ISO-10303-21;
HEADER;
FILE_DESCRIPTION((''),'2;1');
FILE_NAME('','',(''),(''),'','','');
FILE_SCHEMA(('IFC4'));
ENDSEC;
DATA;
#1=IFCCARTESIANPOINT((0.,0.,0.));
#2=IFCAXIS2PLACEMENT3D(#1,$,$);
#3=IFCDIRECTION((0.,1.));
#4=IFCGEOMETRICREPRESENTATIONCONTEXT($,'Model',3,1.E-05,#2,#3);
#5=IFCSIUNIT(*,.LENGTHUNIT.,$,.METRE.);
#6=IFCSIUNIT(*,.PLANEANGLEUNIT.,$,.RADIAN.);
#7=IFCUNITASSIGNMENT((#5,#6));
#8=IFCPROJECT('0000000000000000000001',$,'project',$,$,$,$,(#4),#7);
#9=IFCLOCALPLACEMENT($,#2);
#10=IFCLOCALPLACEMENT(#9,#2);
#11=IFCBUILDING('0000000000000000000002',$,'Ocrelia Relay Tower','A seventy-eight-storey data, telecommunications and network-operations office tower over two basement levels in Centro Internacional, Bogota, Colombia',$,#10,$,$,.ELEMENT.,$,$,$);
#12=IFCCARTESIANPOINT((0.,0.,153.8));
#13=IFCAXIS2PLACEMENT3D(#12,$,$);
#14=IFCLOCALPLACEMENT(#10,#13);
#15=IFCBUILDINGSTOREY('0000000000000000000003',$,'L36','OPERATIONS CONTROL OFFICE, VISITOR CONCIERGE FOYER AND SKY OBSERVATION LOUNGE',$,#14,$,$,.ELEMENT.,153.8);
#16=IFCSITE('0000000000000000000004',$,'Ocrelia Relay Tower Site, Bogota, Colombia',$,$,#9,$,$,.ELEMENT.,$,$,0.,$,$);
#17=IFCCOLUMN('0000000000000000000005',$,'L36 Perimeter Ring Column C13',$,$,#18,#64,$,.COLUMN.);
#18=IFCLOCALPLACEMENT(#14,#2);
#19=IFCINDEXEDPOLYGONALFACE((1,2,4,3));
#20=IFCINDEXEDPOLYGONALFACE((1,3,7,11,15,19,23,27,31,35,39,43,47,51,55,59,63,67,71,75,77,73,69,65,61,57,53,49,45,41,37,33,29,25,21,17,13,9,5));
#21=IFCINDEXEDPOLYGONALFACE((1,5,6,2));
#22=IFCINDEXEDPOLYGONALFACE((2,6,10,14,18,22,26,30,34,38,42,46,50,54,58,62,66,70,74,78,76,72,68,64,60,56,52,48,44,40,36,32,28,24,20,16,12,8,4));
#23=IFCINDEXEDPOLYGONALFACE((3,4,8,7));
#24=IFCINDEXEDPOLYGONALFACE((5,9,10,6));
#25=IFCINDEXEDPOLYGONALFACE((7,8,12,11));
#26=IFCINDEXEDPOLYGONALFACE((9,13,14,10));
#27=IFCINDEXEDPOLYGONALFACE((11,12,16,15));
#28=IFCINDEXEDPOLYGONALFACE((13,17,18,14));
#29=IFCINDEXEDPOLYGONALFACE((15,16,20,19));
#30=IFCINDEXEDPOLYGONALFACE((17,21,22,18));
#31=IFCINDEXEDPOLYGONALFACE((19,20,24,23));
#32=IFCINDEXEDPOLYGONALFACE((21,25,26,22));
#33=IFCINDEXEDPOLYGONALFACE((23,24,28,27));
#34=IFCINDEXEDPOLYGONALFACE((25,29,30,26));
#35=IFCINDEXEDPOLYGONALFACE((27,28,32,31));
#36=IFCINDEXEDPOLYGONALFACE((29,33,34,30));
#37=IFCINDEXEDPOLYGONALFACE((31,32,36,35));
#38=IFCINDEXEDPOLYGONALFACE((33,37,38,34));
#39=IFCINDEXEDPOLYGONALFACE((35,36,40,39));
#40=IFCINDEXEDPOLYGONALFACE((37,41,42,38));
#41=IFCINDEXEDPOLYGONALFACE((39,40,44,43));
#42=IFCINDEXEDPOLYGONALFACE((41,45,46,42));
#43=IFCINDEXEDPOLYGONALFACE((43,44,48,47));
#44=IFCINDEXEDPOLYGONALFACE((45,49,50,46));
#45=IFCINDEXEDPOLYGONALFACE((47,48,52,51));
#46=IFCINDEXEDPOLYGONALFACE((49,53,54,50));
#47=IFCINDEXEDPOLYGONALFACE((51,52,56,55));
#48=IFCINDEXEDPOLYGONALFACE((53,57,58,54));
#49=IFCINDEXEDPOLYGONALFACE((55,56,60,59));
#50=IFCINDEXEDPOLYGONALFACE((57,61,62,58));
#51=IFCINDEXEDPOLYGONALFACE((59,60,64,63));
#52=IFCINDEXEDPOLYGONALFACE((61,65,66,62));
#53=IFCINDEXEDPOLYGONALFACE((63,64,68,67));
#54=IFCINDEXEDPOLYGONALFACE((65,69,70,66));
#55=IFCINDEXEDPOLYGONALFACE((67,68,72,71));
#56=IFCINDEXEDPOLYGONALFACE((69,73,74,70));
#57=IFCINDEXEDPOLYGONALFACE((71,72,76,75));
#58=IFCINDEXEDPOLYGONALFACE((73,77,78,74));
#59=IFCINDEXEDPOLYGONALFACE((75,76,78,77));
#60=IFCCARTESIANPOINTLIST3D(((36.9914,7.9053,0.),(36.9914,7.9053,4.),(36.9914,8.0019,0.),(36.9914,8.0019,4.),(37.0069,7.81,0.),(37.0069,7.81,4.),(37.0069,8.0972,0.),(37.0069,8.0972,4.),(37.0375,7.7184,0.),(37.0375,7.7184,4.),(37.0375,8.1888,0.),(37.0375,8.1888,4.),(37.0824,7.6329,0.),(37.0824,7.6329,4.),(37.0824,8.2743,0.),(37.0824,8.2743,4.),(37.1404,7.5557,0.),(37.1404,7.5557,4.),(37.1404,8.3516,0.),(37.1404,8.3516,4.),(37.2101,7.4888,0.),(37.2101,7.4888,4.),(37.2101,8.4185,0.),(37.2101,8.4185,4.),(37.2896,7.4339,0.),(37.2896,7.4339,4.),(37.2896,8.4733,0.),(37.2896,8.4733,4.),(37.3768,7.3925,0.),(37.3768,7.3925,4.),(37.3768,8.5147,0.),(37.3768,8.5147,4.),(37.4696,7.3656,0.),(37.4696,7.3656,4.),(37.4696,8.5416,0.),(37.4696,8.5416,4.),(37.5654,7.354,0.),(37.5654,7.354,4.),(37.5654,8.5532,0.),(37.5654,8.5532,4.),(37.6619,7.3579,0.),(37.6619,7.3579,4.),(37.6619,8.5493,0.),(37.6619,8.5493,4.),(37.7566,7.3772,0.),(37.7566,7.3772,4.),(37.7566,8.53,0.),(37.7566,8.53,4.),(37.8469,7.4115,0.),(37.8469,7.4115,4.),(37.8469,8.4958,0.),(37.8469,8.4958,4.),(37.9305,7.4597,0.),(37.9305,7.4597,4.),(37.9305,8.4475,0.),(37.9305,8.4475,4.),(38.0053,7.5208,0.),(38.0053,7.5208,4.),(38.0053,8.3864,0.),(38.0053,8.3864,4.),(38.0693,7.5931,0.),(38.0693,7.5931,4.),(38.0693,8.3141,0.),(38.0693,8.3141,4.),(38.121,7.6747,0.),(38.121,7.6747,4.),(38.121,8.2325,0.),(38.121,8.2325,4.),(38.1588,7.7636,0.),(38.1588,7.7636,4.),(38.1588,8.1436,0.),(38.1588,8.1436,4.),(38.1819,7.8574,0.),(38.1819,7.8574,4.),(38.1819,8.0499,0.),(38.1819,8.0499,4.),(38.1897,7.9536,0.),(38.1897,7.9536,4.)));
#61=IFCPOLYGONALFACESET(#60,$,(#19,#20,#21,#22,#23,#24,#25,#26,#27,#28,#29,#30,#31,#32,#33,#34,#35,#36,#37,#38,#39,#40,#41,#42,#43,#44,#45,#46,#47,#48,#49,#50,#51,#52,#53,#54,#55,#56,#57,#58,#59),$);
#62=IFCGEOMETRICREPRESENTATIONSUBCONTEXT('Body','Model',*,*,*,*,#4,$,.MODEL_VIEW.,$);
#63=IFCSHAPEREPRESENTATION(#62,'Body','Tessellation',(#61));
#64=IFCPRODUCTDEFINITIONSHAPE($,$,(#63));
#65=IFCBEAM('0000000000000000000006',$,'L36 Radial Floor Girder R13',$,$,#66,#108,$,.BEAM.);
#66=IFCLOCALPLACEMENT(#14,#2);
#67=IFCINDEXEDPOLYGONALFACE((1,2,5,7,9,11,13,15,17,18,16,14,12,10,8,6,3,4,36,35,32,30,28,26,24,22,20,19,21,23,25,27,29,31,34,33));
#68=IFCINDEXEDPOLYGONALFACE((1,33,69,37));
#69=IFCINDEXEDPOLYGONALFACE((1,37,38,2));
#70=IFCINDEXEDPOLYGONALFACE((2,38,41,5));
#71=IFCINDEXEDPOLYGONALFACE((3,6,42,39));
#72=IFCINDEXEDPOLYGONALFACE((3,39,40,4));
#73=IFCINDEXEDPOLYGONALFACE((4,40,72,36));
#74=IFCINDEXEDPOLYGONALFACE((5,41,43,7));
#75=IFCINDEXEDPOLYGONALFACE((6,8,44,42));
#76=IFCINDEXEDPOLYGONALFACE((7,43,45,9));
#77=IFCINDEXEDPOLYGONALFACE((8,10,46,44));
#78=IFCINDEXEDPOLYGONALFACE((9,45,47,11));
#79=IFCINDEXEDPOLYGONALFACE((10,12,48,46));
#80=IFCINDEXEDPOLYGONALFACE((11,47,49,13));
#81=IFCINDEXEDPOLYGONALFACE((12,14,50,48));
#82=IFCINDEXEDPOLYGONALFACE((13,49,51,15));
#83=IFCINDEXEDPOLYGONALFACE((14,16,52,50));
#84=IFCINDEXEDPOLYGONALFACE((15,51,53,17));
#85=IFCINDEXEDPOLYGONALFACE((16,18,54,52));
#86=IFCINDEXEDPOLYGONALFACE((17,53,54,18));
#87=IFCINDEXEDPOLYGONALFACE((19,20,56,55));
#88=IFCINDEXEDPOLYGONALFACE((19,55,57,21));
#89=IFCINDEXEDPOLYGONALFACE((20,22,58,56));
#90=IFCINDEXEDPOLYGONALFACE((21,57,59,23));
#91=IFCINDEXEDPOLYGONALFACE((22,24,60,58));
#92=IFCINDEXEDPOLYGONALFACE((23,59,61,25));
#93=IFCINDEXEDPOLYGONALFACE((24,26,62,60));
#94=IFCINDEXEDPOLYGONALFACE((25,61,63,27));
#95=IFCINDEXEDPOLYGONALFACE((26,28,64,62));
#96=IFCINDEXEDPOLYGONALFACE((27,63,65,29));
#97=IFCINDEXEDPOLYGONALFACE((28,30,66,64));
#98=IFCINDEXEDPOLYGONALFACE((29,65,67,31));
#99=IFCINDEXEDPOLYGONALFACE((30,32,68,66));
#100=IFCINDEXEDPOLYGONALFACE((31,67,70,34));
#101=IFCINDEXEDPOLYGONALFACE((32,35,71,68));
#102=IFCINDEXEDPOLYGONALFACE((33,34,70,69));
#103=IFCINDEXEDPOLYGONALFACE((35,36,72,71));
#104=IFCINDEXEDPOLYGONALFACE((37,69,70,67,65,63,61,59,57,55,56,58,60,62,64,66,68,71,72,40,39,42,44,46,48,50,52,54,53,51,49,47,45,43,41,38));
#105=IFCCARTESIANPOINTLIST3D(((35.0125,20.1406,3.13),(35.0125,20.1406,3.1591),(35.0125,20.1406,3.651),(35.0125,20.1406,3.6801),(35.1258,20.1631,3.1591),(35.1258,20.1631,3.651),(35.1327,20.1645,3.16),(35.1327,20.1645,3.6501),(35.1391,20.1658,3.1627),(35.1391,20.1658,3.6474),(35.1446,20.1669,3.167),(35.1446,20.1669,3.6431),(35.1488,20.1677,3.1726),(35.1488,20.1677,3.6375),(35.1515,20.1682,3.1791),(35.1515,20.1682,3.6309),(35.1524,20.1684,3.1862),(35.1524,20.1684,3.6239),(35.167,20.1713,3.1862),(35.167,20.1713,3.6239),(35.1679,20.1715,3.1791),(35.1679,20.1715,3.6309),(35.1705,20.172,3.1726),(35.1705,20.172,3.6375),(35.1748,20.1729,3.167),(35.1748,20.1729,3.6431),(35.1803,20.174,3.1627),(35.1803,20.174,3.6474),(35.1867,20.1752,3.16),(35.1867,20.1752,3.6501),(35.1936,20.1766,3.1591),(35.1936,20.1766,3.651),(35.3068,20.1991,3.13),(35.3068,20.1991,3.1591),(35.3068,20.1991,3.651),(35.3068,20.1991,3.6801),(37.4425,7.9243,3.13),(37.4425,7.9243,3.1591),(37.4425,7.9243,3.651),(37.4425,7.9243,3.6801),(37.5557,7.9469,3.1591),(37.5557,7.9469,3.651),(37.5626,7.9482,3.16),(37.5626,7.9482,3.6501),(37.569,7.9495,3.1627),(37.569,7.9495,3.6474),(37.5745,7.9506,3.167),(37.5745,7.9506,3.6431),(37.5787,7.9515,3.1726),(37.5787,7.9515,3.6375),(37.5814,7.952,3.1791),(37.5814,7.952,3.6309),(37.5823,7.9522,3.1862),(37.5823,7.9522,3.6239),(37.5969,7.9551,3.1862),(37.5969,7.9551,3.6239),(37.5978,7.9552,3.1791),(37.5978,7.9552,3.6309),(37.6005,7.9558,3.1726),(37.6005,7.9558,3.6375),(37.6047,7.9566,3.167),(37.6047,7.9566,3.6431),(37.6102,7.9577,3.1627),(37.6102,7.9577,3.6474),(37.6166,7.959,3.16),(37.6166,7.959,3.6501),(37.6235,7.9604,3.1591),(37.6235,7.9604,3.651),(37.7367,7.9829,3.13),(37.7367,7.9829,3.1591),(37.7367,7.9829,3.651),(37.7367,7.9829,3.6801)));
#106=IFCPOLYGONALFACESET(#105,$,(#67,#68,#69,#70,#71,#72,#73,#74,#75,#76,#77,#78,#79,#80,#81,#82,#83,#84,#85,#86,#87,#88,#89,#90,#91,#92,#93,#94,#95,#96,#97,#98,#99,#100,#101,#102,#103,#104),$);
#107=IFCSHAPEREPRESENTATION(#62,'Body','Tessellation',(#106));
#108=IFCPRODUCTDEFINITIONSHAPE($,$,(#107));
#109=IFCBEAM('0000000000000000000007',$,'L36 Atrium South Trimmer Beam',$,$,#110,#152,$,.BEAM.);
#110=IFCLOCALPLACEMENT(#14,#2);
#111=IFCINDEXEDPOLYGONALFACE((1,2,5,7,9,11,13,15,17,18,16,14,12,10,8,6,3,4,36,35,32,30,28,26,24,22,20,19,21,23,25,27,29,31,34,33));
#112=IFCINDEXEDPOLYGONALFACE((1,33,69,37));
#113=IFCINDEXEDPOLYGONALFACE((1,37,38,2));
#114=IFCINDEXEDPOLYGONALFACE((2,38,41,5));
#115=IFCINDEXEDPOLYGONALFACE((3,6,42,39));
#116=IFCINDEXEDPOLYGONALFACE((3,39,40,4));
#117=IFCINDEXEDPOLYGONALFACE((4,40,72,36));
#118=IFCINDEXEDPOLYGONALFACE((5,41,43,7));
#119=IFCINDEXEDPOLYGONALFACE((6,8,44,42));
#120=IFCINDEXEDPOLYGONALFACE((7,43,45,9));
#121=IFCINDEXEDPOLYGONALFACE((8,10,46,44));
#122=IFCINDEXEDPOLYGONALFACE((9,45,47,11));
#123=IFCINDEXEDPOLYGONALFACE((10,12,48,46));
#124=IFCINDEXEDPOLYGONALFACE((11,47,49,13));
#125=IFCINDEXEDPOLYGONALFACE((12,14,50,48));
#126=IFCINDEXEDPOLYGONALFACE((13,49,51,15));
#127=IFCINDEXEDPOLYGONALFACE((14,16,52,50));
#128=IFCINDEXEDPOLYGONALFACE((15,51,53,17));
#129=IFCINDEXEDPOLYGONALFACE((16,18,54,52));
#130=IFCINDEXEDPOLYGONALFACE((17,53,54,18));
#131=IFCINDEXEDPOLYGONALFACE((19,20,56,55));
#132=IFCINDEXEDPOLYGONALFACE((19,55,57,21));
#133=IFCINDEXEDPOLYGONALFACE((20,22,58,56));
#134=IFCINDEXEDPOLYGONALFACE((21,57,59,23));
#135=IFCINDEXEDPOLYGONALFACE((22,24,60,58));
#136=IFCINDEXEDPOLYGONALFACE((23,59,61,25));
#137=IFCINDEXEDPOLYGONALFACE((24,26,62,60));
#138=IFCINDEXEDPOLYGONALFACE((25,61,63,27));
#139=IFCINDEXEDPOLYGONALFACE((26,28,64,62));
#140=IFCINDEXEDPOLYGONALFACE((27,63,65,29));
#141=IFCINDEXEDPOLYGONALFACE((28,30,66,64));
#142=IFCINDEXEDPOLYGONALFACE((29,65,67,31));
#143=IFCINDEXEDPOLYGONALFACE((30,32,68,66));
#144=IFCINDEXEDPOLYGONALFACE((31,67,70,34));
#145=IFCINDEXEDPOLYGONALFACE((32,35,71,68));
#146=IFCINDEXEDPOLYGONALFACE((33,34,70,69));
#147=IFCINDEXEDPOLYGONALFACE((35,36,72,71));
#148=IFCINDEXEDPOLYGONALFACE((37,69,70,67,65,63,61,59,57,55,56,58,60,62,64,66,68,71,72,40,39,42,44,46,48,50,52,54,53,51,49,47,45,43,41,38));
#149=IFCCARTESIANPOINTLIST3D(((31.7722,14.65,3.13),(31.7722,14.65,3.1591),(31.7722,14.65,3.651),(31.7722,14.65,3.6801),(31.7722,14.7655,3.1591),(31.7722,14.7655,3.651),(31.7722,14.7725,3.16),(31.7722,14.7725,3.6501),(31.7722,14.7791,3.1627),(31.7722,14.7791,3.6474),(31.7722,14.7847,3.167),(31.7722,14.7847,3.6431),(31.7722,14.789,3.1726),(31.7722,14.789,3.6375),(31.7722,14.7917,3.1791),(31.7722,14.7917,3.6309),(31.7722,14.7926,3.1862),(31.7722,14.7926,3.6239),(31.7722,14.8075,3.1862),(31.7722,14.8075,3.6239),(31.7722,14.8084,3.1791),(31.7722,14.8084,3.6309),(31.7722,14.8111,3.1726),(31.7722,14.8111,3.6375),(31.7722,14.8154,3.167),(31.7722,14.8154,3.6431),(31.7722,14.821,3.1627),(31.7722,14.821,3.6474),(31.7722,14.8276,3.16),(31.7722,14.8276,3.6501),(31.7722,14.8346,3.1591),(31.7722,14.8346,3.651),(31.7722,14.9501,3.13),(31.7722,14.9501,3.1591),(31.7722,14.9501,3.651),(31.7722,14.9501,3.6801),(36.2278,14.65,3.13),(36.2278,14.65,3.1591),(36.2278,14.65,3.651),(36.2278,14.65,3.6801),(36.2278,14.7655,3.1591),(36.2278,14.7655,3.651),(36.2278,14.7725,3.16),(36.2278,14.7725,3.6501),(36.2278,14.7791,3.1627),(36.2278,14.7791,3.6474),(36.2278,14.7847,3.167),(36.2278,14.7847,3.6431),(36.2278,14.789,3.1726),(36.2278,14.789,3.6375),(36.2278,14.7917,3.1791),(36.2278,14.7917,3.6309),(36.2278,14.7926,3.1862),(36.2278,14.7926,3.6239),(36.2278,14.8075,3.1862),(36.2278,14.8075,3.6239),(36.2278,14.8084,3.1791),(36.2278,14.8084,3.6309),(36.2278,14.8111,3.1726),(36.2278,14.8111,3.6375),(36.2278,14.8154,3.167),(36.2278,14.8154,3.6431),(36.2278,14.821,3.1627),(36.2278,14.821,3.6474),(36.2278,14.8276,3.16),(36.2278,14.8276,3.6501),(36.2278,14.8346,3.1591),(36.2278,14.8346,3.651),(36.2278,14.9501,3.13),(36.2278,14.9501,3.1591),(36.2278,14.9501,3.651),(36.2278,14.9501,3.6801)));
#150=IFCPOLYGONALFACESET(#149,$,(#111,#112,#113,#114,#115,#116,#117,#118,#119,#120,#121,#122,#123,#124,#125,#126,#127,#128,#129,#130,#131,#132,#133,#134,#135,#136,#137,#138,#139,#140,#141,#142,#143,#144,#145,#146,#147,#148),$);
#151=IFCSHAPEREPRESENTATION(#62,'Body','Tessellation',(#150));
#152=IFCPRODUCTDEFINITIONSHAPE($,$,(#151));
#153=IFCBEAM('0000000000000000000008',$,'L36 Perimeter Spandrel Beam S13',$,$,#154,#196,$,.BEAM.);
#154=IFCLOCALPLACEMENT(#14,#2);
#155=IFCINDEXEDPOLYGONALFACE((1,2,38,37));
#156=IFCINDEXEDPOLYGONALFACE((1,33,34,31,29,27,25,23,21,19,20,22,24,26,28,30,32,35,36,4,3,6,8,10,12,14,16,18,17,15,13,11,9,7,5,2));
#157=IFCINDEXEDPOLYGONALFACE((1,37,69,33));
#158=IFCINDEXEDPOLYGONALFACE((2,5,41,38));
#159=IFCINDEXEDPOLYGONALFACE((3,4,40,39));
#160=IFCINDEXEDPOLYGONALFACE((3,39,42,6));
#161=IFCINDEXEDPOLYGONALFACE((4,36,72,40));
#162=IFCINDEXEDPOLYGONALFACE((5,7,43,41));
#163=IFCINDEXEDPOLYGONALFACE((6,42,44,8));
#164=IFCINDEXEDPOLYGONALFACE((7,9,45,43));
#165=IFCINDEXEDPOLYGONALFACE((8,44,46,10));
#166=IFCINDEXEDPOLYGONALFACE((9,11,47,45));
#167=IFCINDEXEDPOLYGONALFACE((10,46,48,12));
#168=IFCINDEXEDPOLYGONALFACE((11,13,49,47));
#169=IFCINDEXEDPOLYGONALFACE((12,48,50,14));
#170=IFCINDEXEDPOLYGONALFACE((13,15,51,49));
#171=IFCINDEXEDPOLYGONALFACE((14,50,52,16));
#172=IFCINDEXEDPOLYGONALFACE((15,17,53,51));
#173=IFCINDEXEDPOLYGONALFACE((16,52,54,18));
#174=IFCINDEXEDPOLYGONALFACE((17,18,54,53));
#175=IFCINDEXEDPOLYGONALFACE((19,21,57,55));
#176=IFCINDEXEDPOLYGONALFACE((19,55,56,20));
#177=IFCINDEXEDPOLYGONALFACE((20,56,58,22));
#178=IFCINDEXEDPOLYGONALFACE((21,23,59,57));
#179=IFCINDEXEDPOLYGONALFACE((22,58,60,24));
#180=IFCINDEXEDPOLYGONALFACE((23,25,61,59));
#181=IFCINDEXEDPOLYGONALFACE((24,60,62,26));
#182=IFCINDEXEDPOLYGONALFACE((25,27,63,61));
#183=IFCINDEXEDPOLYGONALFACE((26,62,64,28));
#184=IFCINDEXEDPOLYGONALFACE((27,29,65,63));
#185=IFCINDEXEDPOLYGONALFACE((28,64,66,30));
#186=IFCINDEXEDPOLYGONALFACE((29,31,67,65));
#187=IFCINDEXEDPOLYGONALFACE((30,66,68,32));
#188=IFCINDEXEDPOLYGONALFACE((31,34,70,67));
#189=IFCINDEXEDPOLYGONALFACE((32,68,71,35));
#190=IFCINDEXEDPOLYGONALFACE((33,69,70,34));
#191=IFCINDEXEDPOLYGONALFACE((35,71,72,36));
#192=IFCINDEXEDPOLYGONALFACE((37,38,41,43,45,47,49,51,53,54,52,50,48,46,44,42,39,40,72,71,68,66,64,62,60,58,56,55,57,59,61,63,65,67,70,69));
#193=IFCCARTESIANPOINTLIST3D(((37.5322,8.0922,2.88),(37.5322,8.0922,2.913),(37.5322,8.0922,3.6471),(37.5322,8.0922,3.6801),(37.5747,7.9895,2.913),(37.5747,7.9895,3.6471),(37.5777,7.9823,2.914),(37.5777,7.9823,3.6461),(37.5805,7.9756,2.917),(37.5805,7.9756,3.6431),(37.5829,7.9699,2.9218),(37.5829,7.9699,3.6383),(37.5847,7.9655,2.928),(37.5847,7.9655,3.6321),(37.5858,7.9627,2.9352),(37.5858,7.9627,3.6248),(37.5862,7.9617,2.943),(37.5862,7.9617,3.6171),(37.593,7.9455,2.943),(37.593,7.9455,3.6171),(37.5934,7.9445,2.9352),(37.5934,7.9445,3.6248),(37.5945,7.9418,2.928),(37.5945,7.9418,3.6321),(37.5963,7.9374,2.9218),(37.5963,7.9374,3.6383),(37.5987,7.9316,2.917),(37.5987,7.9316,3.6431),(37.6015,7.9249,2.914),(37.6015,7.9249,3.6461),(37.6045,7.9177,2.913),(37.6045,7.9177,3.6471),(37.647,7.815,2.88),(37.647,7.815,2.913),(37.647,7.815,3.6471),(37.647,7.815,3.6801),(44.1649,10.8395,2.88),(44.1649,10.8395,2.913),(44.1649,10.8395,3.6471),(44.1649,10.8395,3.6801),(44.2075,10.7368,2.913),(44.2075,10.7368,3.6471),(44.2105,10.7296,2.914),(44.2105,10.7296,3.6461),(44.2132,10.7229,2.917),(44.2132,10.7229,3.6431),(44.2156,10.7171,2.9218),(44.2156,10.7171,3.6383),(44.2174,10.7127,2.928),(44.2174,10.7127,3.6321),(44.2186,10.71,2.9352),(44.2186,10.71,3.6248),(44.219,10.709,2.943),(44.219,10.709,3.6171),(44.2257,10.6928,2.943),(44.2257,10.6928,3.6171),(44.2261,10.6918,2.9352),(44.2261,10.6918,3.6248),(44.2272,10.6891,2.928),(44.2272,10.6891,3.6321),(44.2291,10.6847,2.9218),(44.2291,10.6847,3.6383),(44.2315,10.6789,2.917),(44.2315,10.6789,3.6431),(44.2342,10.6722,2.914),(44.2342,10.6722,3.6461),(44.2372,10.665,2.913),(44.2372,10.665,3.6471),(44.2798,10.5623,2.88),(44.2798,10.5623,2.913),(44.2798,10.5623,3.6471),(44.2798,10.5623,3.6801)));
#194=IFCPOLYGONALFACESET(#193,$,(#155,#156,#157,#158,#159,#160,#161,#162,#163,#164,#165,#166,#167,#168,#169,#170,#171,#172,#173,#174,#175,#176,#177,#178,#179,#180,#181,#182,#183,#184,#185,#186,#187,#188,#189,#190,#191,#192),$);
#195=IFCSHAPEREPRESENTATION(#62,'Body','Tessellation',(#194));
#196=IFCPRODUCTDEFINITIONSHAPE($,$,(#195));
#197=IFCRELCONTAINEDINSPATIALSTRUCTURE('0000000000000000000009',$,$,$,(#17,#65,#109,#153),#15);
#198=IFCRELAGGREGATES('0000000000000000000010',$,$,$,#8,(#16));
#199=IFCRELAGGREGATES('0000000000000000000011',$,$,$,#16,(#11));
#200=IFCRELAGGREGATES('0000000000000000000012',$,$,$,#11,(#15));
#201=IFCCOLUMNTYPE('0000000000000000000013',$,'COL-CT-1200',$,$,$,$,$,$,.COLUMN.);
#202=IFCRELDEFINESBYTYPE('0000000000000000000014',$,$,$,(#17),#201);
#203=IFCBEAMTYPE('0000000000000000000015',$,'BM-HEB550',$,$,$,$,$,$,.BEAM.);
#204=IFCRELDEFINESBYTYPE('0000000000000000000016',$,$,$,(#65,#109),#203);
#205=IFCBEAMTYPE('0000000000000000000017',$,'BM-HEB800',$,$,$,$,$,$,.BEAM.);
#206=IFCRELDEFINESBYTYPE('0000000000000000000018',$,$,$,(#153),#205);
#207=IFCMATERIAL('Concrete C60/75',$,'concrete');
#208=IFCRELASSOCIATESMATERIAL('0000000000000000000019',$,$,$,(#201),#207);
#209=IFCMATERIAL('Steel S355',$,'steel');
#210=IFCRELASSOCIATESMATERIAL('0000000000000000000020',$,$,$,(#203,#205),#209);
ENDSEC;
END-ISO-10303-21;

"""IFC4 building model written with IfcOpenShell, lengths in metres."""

from ifc_helpers import new_model, si_unit, direction, frame, origin, origin_2d, place, context, subcontext, project, spatial, circle, i_section, extrude, material, material_profile, profile_set, type_object, element, save


model = new_model("IFC4")

# Units and contexts
model_context = context("Model", 3, precision=1e-05, world=origin(), true_north=direction((0.0, 1.0)))
body_context = subcontext(model_context, "Body", "Model", "MODEL_VIEW")
ifc_project = project(units=[si_unit("LENGTHUNIT", "METRE"), si_unit("PLANEANGLEUNIT", "RADIAN")], contexts=[model_context])

# Site, building, storey
site_placement = place(None, origin())
site = spatial("IfcSite", under=ifc_project, at=site_placement, Name="Ocrelia Relay Tower Site, Bogota, Colombia", CompositionType="ELEMENT", RefElevation=0.0)
building_placement = place(site_placement, origin())
building = spatial("IfcBuilding", under=site, at=building_placement, Name="Ocrelia Relay Tower", Description="A seventy-eight-storey data, telecommunications and network-operations office tower over two basement levels in Centro Internacional, Bogota, Colombia", CompositionType="ELEMENT")
storey_placement = place(building_placement, frame((0.0, 0.0, 153.8)))
storey = spatial("IfcBuildingStorey", under=building, at=storey_placement, Name="L36", Description="OPERATIONS CONTROL OFFICE, VISITOR CONCIERGE FOYER AND SKY OBSERVATION LOUNGE", CompositionType="ELEMENT", Elevation=153.8)

# Column
ifc_material_1 = material(Name="Concrete C60/75", Category="concrete")
ifc_material_profile_1 = material_profile(ifc_material_1, circle(Radius=0.6001, at=origin_2d()), Name="RC-CIR-1200")
ifc_profile_set_1 = profile_set([ifc_material_profile_1], Name="Concrete C60/75")
column_type = type_object("IfcColumnType", Name="COL-CT-1200", PredefinedType="COLUMN", material=ifc_profile_set_1)
column_placement = place(storey_placement, frame((37.5896, 7.9536, 0.0), z_axis=(0.0, 0.0, 1.0), x_axis=(1.0, 0.0, 0.0)))
element("IfcColumn", 1, at=column_placement, inside=storey, type_object=column_type, Name="L36 Perimeter Ring Column C13", PredefinedType="COLUMN", context=body_context, shape_type="SweptSolid", body=[
    extrude(circle(Radius=0.6001, at=origin_2d()), origin(), (0.0, 0.0, 1.0), 4.0),
])

# Beams
ifc_material_2 = material(Name="Steel S355", Category="steel")
ifc_material_profile_2 = material_profile(ifc_material_2, i_section(OverallWidth=0.3, OverallDepth=0.55, WebThickness=0.0149, FlangeThickness=0.0291, FilletRadius=0.0271, at=origin_2d()), Name="HEB 550")
ifc_profile_set_2 = profile_set([ifc_material_profile_2], Name="Steel S355")
beam_type_1 = type_object("IfcBeamType", Name="BM-HEB550", PredefinedType="BEAM", material=ifc_profile_set_2)
beam_1_placement = place(storey_placement, frame((37.5896, 7.9536, 3.405), z_axis=(-0.195087, 0.980786, 0.0), x_axis=(-0.980786, -0.195087, 0.0)))
element("IfcBeam", 2, at=beam_1_placement, inside=storey, type_object=beam_type_1, Name="L36 Radial Floor Girder R13", PredefinedType="BEAM", context=body_context, shape_type="SweptSolid", body=[
    extrude(i_section(OverallWidth=0.3, OverallDepth=0.55, WebThickness=0.0149, FlangeThickness=0.0291, FilletRadius=0.0271, at=origin_2d()), origin(), (0.0, 0.0, 1.0), 12.4556),
])
beam_2_placement = place(storey_placement, frame((31.7722, 14.8, 3.405), z_axis=(1.0, 0.0, 0.0), x_axis=(0.0, 1.0, 0.0)))
element("IfcBeam", 3, at=beam_2_placement, inside=storey, type_object=beam_type_1, Name="L36 Atrium South Trimmer Beam", PredefinedType="BEAM", context=body_context, shape_type="SweptSolid", body=[
    extrude(i_section(OverallWidth=0.3, OverallDepth=0.55, WebThickness=0.0149, FlangeThickness=0.0291, FilletRadius=0.0271, at=origin_2d()), origin(), (0.0, 0.0, 1.0), 4.4556),
])
ifc_material_profile_3 = material_profile(ifc_material_2, i_section(OverallWidth=0.3, OverallDepth=0.8, WebThickness=0.0176, FlangeThickness=0.033, FilletRadius=0.03, at=origin_2d()), Name="HEB 800")
ifc_profile_set_3 = profile_set([ifc_material_profile_3], Name="Steel S355")
beam_type_2 = type_object("IfcBeamType", Name="BM-HEB800", PredefinedType="BEAM", material=ifc_profile_set_3)
beam_3_placement = place(storey_placement, frame((37.5896, 7.9536, 3.28), z_axis=(0.923884, 0.382673, 0.0), x_axis=(-0.382673, 0.923884, 0.0)))
element("IfcBeam", 4, at=beam_3_placement, inside=storey, type_object=beam_type_2, Name="L36 Perimeter Spandrel Beam S13", PredefinedType="BEAM", context=body_context, shape_type="SweptSolid", body=[
    extrude(i_section(OverallWidth=0.3, OverallDepth=0.8, WebThickness=0.0176, FlangeThickness=0.033, FilletRadius=0.03, at=origin_2d()), origin(), (0.0, 0.0, 1.0), 7.1792),
])

save(model, "model.ifc")
